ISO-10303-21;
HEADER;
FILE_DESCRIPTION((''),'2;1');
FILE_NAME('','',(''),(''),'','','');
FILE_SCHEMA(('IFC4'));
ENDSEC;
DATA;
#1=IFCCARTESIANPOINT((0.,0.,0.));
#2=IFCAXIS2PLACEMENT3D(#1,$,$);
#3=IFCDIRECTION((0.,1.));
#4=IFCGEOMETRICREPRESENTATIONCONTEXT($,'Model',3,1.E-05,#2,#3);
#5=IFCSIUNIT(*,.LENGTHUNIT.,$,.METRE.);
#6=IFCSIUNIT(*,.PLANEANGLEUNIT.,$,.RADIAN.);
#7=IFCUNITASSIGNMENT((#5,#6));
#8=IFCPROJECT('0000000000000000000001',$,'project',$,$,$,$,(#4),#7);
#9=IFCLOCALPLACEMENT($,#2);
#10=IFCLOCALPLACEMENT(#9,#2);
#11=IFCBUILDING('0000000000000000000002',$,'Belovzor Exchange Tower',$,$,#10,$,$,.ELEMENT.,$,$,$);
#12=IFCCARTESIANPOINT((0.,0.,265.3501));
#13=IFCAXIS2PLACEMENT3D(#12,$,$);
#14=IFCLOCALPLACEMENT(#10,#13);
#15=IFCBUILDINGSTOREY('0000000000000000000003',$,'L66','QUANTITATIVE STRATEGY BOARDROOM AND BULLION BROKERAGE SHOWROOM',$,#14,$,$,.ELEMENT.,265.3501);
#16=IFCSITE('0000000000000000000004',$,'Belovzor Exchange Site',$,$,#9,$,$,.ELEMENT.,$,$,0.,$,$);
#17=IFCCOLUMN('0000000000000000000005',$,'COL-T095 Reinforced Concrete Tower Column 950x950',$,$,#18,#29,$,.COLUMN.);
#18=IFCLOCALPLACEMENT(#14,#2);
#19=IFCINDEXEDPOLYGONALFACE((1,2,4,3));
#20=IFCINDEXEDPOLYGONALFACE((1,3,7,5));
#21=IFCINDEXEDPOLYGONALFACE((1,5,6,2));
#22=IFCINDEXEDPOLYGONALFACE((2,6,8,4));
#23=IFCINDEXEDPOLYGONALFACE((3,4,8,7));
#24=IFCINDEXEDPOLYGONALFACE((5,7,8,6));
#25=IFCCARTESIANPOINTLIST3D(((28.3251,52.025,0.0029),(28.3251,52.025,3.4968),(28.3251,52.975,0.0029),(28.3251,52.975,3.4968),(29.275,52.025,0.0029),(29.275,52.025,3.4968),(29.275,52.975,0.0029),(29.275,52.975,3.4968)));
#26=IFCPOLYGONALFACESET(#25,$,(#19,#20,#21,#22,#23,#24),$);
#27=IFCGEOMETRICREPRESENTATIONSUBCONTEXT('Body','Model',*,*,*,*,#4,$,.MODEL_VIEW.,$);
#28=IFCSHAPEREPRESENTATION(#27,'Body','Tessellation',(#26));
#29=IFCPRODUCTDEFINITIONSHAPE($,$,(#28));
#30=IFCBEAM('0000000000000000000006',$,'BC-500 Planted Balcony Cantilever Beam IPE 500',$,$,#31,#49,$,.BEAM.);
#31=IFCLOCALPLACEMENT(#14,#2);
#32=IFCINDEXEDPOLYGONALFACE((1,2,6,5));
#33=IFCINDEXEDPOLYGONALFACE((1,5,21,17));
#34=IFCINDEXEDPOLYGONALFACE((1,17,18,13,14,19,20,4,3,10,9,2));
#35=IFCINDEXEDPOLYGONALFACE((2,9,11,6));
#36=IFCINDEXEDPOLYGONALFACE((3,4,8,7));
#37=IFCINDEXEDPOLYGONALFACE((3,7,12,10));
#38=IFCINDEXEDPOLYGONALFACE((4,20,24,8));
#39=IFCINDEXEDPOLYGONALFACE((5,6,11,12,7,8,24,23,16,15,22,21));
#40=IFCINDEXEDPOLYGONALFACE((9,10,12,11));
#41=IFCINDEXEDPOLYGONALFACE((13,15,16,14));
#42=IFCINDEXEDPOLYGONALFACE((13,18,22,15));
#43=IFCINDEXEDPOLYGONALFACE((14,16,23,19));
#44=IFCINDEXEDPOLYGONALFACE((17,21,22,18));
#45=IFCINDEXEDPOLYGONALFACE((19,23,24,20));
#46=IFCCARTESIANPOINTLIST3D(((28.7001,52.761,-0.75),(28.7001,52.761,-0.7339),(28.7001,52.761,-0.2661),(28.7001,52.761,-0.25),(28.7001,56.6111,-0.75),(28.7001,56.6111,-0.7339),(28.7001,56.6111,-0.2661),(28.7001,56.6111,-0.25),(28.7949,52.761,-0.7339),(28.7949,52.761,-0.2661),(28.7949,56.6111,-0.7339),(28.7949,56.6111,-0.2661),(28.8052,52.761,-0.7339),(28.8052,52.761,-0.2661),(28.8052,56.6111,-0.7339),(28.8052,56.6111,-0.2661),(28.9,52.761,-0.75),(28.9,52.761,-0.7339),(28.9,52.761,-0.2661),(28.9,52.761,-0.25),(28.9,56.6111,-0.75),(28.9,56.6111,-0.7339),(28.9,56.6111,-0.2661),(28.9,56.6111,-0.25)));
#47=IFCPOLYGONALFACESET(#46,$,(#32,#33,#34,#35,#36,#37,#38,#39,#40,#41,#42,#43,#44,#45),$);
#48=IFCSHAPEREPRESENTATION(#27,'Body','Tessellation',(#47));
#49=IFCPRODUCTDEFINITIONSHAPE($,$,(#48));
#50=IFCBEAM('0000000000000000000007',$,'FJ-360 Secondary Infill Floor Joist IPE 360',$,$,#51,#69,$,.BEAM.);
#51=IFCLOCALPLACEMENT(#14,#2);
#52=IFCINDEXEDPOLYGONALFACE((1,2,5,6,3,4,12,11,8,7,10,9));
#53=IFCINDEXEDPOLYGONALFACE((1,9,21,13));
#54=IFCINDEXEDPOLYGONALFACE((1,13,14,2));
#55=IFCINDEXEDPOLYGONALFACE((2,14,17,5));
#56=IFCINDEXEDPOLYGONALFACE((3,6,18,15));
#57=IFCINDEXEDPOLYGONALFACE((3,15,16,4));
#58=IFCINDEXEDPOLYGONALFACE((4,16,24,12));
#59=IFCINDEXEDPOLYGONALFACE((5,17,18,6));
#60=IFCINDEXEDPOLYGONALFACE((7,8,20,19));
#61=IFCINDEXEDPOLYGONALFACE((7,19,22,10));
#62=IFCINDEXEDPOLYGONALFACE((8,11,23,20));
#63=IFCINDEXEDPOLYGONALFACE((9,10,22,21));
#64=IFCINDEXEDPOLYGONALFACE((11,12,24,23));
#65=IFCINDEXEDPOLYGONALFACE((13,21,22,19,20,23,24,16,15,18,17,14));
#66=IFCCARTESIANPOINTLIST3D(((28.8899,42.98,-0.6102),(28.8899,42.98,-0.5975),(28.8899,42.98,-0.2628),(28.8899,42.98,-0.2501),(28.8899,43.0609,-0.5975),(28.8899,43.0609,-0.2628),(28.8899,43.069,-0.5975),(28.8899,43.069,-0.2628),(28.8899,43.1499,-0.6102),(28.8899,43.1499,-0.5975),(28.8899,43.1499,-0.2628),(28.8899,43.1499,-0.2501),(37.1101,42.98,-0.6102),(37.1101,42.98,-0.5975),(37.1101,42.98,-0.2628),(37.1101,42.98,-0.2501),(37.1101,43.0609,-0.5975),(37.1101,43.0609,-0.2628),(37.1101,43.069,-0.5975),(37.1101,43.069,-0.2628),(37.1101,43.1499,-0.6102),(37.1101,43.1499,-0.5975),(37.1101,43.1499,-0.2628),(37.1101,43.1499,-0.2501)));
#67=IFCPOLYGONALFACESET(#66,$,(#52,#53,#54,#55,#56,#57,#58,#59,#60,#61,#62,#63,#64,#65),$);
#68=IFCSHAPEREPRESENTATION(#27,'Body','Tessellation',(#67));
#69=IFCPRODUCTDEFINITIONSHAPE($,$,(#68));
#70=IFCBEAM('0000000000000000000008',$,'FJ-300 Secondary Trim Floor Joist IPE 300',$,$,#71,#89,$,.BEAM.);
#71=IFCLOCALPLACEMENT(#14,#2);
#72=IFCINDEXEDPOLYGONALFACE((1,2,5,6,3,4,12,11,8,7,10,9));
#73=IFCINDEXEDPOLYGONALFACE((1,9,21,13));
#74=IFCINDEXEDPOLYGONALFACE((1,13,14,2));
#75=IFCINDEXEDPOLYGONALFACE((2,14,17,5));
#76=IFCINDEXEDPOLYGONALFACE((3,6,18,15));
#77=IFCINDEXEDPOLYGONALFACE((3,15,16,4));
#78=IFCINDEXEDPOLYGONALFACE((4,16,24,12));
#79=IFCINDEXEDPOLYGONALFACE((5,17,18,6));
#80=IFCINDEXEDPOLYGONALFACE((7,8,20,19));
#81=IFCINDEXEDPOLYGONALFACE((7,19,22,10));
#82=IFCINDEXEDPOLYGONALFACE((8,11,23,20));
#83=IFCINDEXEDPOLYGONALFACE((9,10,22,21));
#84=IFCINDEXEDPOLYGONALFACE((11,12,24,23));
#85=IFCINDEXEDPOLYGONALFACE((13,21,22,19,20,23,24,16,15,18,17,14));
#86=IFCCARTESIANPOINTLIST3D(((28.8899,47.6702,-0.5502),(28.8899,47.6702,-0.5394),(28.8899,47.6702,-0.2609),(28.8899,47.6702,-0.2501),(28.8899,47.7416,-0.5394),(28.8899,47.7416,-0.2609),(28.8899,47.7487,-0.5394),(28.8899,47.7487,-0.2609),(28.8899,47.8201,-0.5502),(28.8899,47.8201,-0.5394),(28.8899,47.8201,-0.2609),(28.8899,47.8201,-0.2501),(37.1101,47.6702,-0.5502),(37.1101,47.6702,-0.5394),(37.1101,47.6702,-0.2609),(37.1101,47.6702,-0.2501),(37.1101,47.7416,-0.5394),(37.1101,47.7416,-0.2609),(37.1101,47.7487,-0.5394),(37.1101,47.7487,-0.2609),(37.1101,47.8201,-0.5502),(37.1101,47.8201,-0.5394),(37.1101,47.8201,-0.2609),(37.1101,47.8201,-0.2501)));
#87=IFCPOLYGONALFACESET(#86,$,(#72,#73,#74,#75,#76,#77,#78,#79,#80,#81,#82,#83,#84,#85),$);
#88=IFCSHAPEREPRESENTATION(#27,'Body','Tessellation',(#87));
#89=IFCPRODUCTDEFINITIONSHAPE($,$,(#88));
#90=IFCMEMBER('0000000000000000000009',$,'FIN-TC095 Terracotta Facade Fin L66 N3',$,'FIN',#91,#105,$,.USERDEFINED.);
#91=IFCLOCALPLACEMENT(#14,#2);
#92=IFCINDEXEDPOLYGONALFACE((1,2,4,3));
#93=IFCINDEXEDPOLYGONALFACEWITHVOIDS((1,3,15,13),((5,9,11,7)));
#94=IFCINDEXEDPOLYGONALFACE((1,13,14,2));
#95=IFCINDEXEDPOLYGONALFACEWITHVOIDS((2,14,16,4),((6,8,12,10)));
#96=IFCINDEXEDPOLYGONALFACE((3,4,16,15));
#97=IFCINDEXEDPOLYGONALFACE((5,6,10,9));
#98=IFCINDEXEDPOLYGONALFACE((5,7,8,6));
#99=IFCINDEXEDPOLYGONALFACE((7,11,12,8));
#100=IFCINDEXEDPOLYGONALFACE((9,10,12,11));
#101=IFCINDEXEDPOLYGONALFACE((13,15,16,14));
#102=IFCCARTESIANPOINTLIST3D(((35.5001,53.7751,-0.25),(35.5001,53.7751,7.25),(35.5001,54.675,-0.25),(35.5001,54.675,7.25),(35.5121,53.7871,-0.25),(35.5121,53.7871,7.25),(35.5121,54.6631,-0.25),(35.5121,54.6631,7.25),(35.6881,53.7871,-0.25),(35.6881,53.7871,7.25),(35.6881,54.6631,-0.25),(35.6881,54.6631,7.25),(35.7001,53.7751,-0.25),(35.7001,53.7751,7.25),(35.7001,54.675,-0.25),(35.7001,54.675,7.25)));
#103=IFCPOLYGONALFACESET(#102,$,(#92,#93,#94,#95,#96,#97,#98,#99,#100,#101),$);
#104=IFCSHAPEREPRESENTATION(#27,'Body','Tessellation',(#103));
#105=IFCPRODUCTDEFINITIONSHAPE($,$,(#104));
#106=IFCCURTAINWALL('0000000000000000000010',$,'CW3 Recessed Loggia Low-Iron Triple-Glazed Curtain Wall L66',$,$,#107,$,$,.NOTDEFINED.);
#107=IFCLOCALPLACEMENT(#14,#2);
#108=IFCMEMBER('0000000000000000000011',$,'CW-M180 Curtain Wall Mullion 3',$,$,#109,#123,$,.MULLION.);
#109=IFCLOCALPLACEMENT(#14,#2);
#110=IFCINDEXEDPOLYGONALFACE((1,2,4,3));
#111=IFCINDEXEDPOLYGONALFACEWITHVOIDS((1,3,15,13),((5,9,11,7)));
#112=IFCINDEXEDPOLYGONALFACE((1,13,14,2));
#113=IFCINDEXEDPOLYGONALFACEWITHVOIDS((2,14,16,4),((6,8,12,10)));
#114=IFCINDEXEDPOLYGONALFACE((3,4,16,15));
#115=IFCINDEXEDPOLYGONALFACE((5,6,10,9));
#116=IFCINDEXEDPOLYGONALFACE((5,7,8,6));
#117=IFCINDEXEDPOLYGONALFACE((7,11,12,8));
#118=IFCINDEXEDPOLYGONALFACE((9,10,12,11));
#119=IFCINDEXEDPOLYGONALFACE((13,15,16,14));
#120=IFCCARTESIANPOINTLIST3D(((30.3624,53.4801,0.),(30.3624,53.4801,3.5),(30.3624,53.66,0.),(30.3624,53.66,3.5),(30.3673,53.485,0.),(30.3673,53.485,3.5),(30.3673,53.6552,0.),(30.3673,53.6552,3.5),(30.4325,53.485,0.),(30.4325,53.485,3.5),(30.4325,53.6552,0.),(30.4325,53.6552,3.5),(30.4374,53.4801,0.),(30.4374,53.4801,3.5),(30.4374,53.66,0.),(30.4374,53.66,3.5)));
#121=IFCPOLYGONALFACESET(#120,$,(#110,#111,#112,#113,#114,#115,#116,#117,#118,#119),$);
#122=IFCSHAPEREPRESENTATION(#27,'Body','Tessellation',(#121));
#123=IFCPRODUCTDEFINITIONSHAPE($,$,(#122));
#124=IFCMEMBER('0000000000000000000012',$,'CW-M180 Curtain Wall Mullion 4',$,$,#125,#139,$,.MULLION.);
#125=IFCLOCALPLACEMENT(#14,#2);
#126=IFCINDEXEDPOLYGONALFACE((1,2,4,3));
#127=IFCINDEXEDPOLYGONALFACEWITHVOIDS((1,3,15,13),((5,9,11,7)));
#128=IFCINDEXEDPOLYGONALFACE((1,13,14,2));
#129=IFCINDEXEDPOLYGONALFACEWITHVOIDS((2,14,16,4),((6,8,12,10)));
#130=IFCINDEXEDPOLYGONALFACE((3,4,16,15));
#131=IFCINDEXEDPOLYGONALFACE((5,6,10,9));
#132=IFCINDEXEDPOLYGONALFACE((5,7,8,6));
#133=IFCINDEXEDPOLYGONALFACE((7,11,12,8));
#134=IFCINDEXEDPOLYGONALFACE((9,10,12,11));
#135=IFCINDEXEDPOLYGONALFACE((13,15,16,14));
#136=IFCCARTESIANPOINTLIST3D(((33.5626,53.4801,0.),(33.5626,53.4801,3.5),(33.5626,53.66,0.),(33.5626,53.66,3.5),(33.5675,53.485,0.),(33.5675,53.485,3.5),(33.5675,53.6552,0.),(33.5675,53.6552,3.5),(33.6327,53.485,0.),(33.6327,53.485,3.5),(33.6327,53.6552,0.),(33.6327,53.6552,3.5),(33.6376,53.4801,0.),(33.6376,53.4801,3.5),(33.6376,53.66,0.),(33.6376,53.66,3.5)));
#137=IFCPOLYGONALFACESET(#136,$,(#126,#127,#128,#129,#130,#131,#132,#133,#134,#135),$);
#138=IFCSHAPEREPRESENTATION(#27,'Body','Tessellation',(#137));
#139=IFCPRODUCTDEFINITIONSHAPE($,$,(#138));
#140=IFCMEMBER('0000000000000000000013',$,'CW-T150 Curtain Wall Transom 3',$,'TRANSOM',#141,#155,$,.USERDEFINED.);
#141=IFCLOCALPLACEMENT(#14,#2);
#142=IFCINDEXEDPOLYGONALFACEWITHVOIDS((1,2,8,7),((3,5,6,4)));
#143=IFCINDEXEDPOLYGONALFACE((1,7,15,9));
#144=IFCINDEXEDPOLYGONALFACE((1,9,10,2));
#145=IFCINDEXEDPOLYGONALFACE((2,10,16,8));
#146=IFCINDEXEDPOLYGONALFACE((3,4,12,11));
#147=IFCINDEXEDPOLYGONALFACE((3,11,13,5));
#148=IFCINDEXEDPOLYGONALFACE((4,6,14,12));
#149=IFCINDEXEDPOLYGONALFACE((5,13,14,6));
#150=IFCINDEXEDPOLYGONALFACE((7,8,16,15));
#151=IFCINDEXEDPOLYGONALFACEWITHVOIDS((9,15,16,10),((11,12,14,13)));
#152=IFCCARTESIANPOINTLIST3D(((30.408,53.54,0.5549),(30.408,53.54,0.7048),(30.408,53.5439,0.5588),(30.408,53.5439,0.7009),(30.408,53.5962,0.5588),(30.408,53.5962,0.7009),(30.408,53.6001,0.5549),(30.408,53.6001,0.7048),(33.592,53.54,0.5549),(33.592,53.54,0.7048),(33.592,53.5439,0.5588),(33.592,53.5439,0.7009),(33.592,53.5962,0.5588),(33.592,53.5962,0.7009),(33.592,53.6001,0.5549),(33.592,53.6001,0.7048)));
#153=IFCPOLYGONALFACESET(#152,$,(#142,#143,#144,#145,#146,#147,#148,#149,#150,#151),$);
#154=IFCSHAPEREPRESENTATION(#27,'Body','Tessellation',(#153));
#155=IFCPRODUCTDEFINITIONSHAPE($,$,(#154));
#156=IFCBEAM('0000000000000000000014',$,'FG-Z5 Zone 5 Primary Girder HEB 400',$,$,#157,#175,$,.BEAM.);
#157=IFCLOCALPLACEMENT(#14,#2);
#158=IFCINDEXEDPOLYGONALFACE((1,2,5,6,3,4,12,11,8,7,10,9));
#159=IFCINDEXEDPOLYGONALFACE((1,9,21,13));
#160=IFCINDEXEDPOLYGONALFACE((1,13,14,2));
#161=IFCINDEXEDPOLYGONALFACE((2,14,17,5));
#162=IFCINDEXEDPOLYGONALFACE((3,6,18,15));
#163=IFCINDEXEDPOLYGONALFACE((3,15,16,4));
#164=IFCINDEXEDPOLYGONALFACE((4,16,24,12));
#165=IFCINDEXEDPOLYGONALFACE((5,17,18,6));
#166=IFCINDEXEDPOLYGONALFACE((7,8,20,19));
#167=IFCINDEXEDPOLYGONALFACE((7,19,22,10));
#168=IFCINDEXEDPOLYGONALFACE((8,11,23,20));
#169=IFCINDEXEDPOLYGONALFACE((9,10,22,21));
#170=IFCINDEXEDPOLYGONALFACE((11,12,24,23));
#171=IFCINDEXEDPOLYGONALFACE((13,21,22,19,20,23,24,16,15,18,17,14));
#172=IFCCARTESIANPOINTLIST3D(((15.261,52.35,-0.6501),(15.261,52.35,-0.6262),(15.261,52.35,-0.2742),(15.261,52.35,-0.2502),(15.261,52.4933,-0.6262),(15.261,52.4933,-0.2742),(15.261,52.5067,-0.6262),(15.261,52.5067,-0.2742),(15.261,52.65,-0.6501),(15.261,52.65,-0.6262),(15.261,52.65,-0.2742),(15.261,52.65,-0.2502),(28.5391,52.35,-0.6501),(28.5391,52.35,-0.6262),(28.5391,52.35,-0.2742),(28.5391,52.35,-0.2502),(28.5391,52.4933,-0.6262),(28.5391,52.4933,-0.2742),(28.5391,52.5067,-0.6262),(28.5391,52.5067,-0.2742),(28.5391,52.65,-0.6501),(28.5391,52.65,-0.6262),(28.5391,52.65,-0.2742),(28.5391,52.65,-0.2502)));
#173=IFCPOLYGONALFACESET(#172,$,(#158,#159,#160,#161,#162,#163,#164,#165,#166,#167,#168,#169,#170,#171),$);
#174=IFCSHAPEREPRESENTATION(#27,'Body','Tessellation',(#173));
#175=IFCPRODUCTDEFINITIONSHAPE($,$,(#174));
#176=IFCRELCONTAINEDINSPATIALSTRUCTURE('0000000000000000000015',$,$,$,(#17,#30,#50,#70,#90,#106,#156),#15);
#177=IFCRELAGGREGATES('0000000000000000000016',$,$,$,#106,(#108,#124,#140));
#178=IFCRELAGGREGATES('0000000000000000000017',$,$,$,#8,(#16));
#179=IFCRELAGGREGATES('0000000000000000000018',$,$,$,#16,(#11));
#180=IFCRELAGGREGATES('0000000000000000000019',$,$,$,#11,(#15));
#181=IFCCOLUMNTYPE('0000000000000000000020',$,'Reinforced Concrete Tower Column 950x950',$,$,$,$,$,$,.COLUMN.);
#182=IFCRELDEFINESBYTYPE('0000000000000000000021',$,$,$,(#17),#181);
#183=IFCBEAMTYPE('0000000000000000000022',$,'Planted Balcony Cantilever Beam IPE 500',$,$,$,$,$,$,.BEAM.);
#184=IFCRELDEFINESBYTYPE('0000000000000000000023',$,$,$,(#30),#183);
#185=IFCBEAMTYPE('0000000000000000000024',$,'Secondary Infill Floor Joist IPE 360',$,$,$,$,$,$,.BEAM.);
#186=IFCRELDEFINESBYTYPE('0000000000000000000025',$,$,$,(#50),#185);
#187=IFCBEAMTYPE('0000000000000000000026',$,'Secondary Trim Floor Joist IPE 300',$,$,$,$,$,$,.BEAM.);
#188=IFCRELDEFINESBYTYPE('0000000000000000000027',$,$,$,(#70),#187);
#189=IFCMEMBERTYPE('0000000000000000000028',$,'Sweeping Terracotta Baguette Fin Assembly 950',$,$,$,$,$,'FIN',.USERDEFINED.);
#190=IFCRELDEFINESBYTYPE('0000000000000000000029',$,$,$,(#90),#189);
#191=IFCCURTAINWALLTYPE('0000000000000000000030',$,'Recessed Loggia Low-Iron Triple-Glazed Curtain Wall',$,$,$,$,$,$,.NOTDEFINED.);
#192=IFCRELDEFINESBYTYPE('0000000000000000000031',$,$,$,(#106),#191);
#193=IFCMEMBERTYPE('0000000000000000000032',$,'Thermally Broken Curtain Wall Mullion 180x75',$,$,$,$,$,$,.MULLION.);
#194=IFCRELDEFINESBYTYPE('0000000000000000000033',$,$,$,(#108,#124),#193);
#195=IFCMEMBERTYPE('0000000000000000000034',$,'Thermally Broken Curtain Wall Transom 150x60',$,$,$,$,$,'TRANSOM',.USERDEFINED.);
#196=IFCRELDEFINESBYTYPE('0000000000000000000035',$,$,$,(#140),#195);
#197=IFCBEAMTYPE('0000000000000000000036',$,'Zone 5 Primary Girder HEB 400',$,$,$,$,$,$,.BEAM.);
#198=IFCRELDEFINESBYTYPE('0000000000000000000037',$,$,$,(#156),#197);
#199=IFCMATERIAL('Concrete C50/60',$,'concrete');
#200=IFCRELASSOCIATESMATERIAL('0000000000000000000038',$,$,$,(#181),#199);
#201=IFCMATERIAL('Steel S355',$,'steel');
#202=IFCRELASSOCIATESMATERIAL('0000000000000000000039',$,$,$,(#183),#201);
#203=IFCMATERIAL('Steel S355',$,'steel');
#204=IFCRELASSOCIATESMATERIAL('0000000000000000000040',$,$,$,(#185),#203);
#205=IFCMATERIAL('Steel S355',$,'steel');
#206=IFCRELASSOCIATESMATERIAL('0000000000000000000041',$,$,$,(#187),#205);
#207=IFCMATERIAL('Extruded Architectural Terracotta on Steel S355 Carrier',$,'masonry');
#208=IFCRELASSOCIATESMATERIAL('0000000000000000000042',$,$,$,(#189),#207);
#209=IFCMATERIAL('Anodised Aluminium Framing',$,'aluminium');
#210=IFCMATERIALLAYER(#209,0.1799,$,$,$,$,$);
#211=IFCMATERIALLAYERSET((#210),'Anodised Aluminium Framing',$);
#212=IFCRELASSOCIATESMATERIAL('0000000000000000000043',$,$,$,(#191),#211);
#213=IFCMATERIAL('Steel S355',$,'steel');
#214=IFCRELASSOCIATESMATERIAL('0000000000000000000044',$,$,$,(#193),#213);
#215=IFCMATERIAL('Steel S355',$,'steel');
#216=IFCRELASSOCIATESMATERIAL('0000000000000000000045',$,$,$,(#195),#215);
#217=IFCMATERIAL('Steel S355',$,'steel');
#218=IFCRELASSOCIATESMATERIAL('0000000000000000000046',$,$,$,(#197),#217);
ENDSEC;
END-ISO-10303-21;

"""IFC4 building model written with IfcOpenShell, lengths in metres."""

from ifc_helpers import new_model, si_unit, direction, frame, origin, origin_2d, place, context, subcontext, project, spatial, rectangle, hollow_rectangle, i_section, extrude, material, layer, layer_set, material_profile, profile_set, type_object, element, aggregate, save


model = new_model("IFC4")

# Units and contexts
model_context = context("Model", 3, precision=1e-05, world=origin(), true_north=direction((0.0, 1.0)))
body_context = subcontext(model_context, "Body", "Model", "MODEL_VIEW")
ifc_project = project(units=[si_unit("LENGTHUNIT", "METRE"), si_unit("PLANEANGLEUNIT", "RADIAN")], contexts=[model_context])

# Site, building, storey
site_placement = place(None, origin())
site = spatial("IfcSite", under=ifc_project, at=site_placement, Name="Belovzor Exchange Site", CompositionType="ELEMENT", RefElevation=0.0)
building_placement = place(site_placement, origin())
building = spatial("IfcBuilding", under=site, at=building_placement, Name="Belovzor Exchange Tower", CompositionType="ELEMENT")
storey_placement = place(building_placement, frame((0.0, 0.0, 265.3501)))
storey = spatial("IfcBuildingStorey", under=building, at=storey_placement, Name="L66", Description="QUANTITATIVE STRATEGY BOARDROOM AND BULLION BROKERAGE SHOWROOM", CompositionType="ELEMENT", Elevation=265.3501)

# Column
ifc_material_1 = material(Name="Concrete C50/60", Category="concrete")
ifc_material_profile_1 = material_profile(ifc_material_1, rectangle(XDim=0.95, YDim=0.95, at=origin_2d()))
ifc_profile_set_1 = profile_set([ifc_material_profile_1], Name="Concrete C50/60")
column_type = type_object("IfcColumnType", Name="Reinforced Concrete Tower Column 950x950", PredefinedType="COLUMN", material=ifc_profile_set_1)
column_placement = place(storey_placement, frame((28.8, 52.5, 0.0029), z_axis=(0.0, 0.0, 1.0), x_axis=(1.0, 0.0, 0.0)))
element("IfcColumn", 1, at=column_placement, inside=storey, type_object=column_type, Name="COL-T095 Reinforced Concrete Tower Column 950x950", PredefinedType="COLUMN", context=body_context, shape_type="SweptSolid", body=[
    extrude(rectangle(XDim=0.95, YDim=0.95, at=origin_2d()), origin(), (0.0, 0.0, 1.0), 3.4939),
])

# Beams
ifc_material_2 = material(Name="Steel S355", Category="steel")
ifc_material_profile_2 = material_profile(ifc_material_2, i_section(OverallWidth=0.2, OverallDepth=0.5, WebThickness=0.0103, FlangeThickness=0.0161, at=origin_2d()))
ifc_profile_set_2 = profile_set([ifc_material_profile_2], Name="Steel S355")
beam_type_1 = type_object("IfcBeamType", Name="Planted Balcony Cantilever Beam IPE 500", PredefinedType="BEAM", material=ifc_profile_set_2)
beam_1_placement = place(storey_placement, frame((28.8, 52.761, -0.5), z_axis=(0.0, 1.0, 0.0), x_axis=(-1.0, 0.0, 0.0)))
element("IfcBeam", 2, at=beam_1_placement, inside=storey, type_object=beam_type_1, Name="BC-500 Planted Balcony Cantilever Beam IPE 500", PredefinedType="BEAM", context=body_context, shape_type="SweptSolid", body=[
    extrude(i_section(OverallWidth=0.2, OverallDepth=0.5, WebThickness=0.0103, FlangeThickness=0.0161, at=origin_2d()), origin(), (0.0, 0.0, 1.0), 3.8501),
])
ifc_material_3 = material(Name="Steel S355", Category="steel")
ifc_material_profile_3 = material_profile(ifc_material_3, i_section(OverallWidth=0.1699, OverallDepth=0.3601, WebThickness=0.0081, FlangeThickness=0.0127, at=origin_2d()))
ifc_profile_set_3 = profile_set([ifc_material_profile_3], Name="Steel S355")
beam_type_2 = type_object("IfcBeamType", Name="Secondary Infill Floor Joist IPE 360", PredefinedType="BEAM", material=ifc_profile_set_3)
beam_2_placement = place(storey_placement, frame((28.8899, 43.0649, -0.4302), z_axis=(1.0, 0.0, 0.0), x_axis=(0.0, 1.0, 0.0)))
element("IfcBeam", 3, at=beam_2_placement, inside=storey, type_object=beam_type_2, Name="FJ-360 Secondary Infill Floor Joist IPE 360", PredefinedType="BEAM", context=body_context, shape_type="SweptSolid", body=[
    extrude(i_section(OverallWidth=0.1699, OverallDepth=0.3601, WebThickness=0.0081, FlangeThickness=0.0127, at=origin_2d()), origin(), (0.0, 0.0, 1.0), 8.2202),
])
ifc_material_4 = material(Name="Steel S355", Category="steel")
ifc_material_profile_4 = material_profile(ifc_material_4, i_section(OverallWidth=0.1499, OverallDepth=0.3, WebThickness=0.0071, FlangeThickness=0.0107, at=origin_2d()))
ifc_profile_set_4 = profile_set([ifc_material_profile_4], Name="Steel S355")
beam_type_3 = type_object("IfcBeamType", Name="Secondary Trim Floor Joist IPE 300", PredefinedType="BEAM", material=ifc_profile_set_4)
beam_3_placement = place(storey_placement, frame((28.8899, 47.7451, -0.4001), z_axis=(1.0, 0.0, 0.0), x_axis=(0.0, 1.0, 0.0)))
element("IfcBeam", 4, at=beam_3_placement, inside=storey, type_object=beam_type_3, Name="FJ-300 Secondary Trim Floor Joist IPE 300", PredefinedType="BEAM", context=body_context, shape_type="SweptSolid", body=[
    extrude(i_section(OverallWidth=0.1499, OverallDepth=0.3, WebThickness=0.0071, FlangeThickness=0.0107, at=origin_2d()), origin(), (0.0, 0.0, 1.0), 8.2202),
])

# Member
ifc_material_5 = material(Name="Extruded Architectural Terracotta on Steel S355 Carrier", Category="masonry")
ifc_material_profile_5 = material_profile(ifc_material_5, hollow_rectangle(XDim=0.2, YDim=0.8999, WallThickness=0.012, at=origin_2d()))
ifc_profile_set_5 = profile_set([ifc_material_profile_5], Name="Extruded Architectural Terracotta on Steel S355 Carrier")
member_type_1 = type_object("IfcMemberType", Name="Sweeping Terracotta Baguette Fin Assembly 950", ElementType="FIN", PredefinedType="USERDEFINED", material=ifc_profile_set_5)
member_1_placement = place(storey_placement, frame((35.6001, 54.2251, -0.25), z_axis=(0.0, 0.0, 1.0), x_axis=(1.0, 0.0, 0.0)))
element("IfcMember", 5, at=member_1_placement, inside=storey, type_object=member_type_1, Name="FIN-TC095 Terracotta Facade Fin L66 N3", ObjectType="FIN", PredefinedType="USERDEFINED", context=body_context, shape_type="SweptSolid", body=[
    extrude(hollow_rectangle(XDim=0.2, YDim=0.8999, WallThickness=0.012, at=origin_2d()), origin(), (0.0, 0.0, 1.0), 7.5),
])

# Curtain wall, members
ifc_material_6 = material(Name="Anodised Aluminium Framing", Category="aluminium")
ifc_layer_1 = layer(ifc_material_6, 0.1799)
ifc_layer_set_1 = layer_set([ifc_layer_1], Name="Anodised Aluminium Framing")
curtain_wall_type = type_object("IfcCurtainWallType", Name="Recessed Loggia Low-Iron Triple-Glazed Curtain Wall", PredefinedType="NOTDEFINED", material=ifc_layer_set_1)
curtain_wall_placement = place(storey_placement, origin())
curtain_wall = element("IfcCurtainWall", 6, at=curtain_wall_placement, inside=storey, type_object=curtain_wall_type, Name="CW3 Recessed Loggia Low-Iron Triple-Glazed Curtain Wall L66", PredefinedType="NOTDEFINED")
ifc_material_7 = material(Name="Steel S355", Category="steel")
ifc_material_profile_6 = material_profile(ifc_material_7, hollow_rectangle(XDim=0.075, YDim=0.1799, WallThickness=0.0049, at=origin_2d()))
ifc_profile_set_6 = profile_set([ifc_material_profile_6], Name="Steel S355")
member_type_2 = type_object("IfcMemberType", Name="Thermally Broken Curtain Wall Mullion 180x75", PredefinedType="MULLION", material=ifc_profile_set_6)
member_2_placement = place(storey_placement, frame((30.3999, 53.5701, 0.0), z_axis=(0.0, 0.0, 1.0), x_axis=(1.0, 0.0, 0.0)))
member_2 = element("IfcMember", 7, at=member_2_placement, type_object=member_type_2, Name="CW-M180 Curtain Wall Mullion 3", PredefinedType="MULLION", context=body_context, shape_type="SweptSolid", body=[
    extrude(hollow_rectangle(XDim=0.075, YDim=0.1799, WallThickness=0.0049, at=origin_2d()), origin(), (0.0, 0.0, 1.0), 3.5),
])
member_3_placement = place(storey_placement, frame((33.6001, 53.5701, 0.0), z_axis=(0.0, 0.0, 1.0), x_axis=(1.0, 0.0, 0.0)))
member_3 = element("IfcMember", 8, at=member_3_placement, type_object=member_type_2, Name="CW-M180 Curtain Wall Mullion 4", PredefinedType="MULLION", context=body_context, shape_type="SweptSolid", body=[
    extrude(hollow_rectangle(XDim=0.075, YDim=0.1799, WallThickness=0.0049, at=origin_2d()), origin(), (0.0, 0.0, 1.0), 3.5),
])
ifc_material_8 = material(Name="Steel S355", Category="steel")
ifc_material_profile_7 = material_profile(ifc_material_8, hollow_rectangle(XDim=0.0601, YDim=0.1499, WallThickness=0.0039, at=origin_2d()))
ifc_profile_set_7 = profile_set([ifc_material_profile_7], Name="Steel S355")
member_type_3 = type_object("IfcMemberType", Name="Thermally Broken Curtain Wall Transom 150x60", ElementType="TRANSOM", PredefinedType="USERDEFINED", material=ifc_profile_set_7)
member_4_placement = place(storey_placement, frame((30.408, 53.5701, 0.6299), z_axis=(1.0, 0.0, 0.0), x_axis=(0.0, 1.0, 0.0)))
member_4 = element("IfcMember", 9, at=member_4_placement, type_object=member_type_3, Name="CW-T150 Curtain Wall Transom 3", ObjectType="TRANSOM", PredefinedType="USERDEFINED", context=body_context, shape_type="SweptSolid", body=[
    extrude(hollow_rectangle(XDim=0.0601, YDim=0.1499, WallThickness=0.0039, at=origin_2d()), origin(), (0.0, 0.0, 1.0), 3.1841),
])

# Beam
ifc_material_9 = material(Name="Steel S355", Category="steel")
ifc_material_profile_8 = material_profile(ifc_material_9, i_section(OverallWidth=0.3, OverallDepth=0.3999, WebThickness=0.0134, FlangeThickness=0.0239, at=origin_2d()))
ifc_profile_set_8 = profile_set([ifc_material_profile_8], Name="Steel S355")
beam_type_4 = type_object("IfcBeamType", Name="Zone 5 Primary Girder HEB 400", PredefinedType="BEAM", material=ifc_profile_set_8)
beam_4_placement = place(storey_placement, frame((28.5391, 52.5, -0.4502), z_axis=(-1.0, 0.0, 0.0), x_axis=(0.0, -1.0, 0.0)))
element("IfcBeam", 10, at=beam_4_placement, inside=storey, type_object=beam_type_4, Name="FG-Z5 Zone 5 Primary Girder HEB 400", PredefinedType="BEAM", context=body_context, shape_type="SweptSolid", body=[
    extrude(i_section(OverallWidth=0.3, OverallDepth=0.3999, WebThickness=0.0134, FlangeThickness=0.0239, at=origin_2d()), origin(), (0.0, 0.0, 1.0), 13.2781),
])

aggregate(curtain_wall, [member_2, member_3, member_4])

save(model, "model.ifc")
